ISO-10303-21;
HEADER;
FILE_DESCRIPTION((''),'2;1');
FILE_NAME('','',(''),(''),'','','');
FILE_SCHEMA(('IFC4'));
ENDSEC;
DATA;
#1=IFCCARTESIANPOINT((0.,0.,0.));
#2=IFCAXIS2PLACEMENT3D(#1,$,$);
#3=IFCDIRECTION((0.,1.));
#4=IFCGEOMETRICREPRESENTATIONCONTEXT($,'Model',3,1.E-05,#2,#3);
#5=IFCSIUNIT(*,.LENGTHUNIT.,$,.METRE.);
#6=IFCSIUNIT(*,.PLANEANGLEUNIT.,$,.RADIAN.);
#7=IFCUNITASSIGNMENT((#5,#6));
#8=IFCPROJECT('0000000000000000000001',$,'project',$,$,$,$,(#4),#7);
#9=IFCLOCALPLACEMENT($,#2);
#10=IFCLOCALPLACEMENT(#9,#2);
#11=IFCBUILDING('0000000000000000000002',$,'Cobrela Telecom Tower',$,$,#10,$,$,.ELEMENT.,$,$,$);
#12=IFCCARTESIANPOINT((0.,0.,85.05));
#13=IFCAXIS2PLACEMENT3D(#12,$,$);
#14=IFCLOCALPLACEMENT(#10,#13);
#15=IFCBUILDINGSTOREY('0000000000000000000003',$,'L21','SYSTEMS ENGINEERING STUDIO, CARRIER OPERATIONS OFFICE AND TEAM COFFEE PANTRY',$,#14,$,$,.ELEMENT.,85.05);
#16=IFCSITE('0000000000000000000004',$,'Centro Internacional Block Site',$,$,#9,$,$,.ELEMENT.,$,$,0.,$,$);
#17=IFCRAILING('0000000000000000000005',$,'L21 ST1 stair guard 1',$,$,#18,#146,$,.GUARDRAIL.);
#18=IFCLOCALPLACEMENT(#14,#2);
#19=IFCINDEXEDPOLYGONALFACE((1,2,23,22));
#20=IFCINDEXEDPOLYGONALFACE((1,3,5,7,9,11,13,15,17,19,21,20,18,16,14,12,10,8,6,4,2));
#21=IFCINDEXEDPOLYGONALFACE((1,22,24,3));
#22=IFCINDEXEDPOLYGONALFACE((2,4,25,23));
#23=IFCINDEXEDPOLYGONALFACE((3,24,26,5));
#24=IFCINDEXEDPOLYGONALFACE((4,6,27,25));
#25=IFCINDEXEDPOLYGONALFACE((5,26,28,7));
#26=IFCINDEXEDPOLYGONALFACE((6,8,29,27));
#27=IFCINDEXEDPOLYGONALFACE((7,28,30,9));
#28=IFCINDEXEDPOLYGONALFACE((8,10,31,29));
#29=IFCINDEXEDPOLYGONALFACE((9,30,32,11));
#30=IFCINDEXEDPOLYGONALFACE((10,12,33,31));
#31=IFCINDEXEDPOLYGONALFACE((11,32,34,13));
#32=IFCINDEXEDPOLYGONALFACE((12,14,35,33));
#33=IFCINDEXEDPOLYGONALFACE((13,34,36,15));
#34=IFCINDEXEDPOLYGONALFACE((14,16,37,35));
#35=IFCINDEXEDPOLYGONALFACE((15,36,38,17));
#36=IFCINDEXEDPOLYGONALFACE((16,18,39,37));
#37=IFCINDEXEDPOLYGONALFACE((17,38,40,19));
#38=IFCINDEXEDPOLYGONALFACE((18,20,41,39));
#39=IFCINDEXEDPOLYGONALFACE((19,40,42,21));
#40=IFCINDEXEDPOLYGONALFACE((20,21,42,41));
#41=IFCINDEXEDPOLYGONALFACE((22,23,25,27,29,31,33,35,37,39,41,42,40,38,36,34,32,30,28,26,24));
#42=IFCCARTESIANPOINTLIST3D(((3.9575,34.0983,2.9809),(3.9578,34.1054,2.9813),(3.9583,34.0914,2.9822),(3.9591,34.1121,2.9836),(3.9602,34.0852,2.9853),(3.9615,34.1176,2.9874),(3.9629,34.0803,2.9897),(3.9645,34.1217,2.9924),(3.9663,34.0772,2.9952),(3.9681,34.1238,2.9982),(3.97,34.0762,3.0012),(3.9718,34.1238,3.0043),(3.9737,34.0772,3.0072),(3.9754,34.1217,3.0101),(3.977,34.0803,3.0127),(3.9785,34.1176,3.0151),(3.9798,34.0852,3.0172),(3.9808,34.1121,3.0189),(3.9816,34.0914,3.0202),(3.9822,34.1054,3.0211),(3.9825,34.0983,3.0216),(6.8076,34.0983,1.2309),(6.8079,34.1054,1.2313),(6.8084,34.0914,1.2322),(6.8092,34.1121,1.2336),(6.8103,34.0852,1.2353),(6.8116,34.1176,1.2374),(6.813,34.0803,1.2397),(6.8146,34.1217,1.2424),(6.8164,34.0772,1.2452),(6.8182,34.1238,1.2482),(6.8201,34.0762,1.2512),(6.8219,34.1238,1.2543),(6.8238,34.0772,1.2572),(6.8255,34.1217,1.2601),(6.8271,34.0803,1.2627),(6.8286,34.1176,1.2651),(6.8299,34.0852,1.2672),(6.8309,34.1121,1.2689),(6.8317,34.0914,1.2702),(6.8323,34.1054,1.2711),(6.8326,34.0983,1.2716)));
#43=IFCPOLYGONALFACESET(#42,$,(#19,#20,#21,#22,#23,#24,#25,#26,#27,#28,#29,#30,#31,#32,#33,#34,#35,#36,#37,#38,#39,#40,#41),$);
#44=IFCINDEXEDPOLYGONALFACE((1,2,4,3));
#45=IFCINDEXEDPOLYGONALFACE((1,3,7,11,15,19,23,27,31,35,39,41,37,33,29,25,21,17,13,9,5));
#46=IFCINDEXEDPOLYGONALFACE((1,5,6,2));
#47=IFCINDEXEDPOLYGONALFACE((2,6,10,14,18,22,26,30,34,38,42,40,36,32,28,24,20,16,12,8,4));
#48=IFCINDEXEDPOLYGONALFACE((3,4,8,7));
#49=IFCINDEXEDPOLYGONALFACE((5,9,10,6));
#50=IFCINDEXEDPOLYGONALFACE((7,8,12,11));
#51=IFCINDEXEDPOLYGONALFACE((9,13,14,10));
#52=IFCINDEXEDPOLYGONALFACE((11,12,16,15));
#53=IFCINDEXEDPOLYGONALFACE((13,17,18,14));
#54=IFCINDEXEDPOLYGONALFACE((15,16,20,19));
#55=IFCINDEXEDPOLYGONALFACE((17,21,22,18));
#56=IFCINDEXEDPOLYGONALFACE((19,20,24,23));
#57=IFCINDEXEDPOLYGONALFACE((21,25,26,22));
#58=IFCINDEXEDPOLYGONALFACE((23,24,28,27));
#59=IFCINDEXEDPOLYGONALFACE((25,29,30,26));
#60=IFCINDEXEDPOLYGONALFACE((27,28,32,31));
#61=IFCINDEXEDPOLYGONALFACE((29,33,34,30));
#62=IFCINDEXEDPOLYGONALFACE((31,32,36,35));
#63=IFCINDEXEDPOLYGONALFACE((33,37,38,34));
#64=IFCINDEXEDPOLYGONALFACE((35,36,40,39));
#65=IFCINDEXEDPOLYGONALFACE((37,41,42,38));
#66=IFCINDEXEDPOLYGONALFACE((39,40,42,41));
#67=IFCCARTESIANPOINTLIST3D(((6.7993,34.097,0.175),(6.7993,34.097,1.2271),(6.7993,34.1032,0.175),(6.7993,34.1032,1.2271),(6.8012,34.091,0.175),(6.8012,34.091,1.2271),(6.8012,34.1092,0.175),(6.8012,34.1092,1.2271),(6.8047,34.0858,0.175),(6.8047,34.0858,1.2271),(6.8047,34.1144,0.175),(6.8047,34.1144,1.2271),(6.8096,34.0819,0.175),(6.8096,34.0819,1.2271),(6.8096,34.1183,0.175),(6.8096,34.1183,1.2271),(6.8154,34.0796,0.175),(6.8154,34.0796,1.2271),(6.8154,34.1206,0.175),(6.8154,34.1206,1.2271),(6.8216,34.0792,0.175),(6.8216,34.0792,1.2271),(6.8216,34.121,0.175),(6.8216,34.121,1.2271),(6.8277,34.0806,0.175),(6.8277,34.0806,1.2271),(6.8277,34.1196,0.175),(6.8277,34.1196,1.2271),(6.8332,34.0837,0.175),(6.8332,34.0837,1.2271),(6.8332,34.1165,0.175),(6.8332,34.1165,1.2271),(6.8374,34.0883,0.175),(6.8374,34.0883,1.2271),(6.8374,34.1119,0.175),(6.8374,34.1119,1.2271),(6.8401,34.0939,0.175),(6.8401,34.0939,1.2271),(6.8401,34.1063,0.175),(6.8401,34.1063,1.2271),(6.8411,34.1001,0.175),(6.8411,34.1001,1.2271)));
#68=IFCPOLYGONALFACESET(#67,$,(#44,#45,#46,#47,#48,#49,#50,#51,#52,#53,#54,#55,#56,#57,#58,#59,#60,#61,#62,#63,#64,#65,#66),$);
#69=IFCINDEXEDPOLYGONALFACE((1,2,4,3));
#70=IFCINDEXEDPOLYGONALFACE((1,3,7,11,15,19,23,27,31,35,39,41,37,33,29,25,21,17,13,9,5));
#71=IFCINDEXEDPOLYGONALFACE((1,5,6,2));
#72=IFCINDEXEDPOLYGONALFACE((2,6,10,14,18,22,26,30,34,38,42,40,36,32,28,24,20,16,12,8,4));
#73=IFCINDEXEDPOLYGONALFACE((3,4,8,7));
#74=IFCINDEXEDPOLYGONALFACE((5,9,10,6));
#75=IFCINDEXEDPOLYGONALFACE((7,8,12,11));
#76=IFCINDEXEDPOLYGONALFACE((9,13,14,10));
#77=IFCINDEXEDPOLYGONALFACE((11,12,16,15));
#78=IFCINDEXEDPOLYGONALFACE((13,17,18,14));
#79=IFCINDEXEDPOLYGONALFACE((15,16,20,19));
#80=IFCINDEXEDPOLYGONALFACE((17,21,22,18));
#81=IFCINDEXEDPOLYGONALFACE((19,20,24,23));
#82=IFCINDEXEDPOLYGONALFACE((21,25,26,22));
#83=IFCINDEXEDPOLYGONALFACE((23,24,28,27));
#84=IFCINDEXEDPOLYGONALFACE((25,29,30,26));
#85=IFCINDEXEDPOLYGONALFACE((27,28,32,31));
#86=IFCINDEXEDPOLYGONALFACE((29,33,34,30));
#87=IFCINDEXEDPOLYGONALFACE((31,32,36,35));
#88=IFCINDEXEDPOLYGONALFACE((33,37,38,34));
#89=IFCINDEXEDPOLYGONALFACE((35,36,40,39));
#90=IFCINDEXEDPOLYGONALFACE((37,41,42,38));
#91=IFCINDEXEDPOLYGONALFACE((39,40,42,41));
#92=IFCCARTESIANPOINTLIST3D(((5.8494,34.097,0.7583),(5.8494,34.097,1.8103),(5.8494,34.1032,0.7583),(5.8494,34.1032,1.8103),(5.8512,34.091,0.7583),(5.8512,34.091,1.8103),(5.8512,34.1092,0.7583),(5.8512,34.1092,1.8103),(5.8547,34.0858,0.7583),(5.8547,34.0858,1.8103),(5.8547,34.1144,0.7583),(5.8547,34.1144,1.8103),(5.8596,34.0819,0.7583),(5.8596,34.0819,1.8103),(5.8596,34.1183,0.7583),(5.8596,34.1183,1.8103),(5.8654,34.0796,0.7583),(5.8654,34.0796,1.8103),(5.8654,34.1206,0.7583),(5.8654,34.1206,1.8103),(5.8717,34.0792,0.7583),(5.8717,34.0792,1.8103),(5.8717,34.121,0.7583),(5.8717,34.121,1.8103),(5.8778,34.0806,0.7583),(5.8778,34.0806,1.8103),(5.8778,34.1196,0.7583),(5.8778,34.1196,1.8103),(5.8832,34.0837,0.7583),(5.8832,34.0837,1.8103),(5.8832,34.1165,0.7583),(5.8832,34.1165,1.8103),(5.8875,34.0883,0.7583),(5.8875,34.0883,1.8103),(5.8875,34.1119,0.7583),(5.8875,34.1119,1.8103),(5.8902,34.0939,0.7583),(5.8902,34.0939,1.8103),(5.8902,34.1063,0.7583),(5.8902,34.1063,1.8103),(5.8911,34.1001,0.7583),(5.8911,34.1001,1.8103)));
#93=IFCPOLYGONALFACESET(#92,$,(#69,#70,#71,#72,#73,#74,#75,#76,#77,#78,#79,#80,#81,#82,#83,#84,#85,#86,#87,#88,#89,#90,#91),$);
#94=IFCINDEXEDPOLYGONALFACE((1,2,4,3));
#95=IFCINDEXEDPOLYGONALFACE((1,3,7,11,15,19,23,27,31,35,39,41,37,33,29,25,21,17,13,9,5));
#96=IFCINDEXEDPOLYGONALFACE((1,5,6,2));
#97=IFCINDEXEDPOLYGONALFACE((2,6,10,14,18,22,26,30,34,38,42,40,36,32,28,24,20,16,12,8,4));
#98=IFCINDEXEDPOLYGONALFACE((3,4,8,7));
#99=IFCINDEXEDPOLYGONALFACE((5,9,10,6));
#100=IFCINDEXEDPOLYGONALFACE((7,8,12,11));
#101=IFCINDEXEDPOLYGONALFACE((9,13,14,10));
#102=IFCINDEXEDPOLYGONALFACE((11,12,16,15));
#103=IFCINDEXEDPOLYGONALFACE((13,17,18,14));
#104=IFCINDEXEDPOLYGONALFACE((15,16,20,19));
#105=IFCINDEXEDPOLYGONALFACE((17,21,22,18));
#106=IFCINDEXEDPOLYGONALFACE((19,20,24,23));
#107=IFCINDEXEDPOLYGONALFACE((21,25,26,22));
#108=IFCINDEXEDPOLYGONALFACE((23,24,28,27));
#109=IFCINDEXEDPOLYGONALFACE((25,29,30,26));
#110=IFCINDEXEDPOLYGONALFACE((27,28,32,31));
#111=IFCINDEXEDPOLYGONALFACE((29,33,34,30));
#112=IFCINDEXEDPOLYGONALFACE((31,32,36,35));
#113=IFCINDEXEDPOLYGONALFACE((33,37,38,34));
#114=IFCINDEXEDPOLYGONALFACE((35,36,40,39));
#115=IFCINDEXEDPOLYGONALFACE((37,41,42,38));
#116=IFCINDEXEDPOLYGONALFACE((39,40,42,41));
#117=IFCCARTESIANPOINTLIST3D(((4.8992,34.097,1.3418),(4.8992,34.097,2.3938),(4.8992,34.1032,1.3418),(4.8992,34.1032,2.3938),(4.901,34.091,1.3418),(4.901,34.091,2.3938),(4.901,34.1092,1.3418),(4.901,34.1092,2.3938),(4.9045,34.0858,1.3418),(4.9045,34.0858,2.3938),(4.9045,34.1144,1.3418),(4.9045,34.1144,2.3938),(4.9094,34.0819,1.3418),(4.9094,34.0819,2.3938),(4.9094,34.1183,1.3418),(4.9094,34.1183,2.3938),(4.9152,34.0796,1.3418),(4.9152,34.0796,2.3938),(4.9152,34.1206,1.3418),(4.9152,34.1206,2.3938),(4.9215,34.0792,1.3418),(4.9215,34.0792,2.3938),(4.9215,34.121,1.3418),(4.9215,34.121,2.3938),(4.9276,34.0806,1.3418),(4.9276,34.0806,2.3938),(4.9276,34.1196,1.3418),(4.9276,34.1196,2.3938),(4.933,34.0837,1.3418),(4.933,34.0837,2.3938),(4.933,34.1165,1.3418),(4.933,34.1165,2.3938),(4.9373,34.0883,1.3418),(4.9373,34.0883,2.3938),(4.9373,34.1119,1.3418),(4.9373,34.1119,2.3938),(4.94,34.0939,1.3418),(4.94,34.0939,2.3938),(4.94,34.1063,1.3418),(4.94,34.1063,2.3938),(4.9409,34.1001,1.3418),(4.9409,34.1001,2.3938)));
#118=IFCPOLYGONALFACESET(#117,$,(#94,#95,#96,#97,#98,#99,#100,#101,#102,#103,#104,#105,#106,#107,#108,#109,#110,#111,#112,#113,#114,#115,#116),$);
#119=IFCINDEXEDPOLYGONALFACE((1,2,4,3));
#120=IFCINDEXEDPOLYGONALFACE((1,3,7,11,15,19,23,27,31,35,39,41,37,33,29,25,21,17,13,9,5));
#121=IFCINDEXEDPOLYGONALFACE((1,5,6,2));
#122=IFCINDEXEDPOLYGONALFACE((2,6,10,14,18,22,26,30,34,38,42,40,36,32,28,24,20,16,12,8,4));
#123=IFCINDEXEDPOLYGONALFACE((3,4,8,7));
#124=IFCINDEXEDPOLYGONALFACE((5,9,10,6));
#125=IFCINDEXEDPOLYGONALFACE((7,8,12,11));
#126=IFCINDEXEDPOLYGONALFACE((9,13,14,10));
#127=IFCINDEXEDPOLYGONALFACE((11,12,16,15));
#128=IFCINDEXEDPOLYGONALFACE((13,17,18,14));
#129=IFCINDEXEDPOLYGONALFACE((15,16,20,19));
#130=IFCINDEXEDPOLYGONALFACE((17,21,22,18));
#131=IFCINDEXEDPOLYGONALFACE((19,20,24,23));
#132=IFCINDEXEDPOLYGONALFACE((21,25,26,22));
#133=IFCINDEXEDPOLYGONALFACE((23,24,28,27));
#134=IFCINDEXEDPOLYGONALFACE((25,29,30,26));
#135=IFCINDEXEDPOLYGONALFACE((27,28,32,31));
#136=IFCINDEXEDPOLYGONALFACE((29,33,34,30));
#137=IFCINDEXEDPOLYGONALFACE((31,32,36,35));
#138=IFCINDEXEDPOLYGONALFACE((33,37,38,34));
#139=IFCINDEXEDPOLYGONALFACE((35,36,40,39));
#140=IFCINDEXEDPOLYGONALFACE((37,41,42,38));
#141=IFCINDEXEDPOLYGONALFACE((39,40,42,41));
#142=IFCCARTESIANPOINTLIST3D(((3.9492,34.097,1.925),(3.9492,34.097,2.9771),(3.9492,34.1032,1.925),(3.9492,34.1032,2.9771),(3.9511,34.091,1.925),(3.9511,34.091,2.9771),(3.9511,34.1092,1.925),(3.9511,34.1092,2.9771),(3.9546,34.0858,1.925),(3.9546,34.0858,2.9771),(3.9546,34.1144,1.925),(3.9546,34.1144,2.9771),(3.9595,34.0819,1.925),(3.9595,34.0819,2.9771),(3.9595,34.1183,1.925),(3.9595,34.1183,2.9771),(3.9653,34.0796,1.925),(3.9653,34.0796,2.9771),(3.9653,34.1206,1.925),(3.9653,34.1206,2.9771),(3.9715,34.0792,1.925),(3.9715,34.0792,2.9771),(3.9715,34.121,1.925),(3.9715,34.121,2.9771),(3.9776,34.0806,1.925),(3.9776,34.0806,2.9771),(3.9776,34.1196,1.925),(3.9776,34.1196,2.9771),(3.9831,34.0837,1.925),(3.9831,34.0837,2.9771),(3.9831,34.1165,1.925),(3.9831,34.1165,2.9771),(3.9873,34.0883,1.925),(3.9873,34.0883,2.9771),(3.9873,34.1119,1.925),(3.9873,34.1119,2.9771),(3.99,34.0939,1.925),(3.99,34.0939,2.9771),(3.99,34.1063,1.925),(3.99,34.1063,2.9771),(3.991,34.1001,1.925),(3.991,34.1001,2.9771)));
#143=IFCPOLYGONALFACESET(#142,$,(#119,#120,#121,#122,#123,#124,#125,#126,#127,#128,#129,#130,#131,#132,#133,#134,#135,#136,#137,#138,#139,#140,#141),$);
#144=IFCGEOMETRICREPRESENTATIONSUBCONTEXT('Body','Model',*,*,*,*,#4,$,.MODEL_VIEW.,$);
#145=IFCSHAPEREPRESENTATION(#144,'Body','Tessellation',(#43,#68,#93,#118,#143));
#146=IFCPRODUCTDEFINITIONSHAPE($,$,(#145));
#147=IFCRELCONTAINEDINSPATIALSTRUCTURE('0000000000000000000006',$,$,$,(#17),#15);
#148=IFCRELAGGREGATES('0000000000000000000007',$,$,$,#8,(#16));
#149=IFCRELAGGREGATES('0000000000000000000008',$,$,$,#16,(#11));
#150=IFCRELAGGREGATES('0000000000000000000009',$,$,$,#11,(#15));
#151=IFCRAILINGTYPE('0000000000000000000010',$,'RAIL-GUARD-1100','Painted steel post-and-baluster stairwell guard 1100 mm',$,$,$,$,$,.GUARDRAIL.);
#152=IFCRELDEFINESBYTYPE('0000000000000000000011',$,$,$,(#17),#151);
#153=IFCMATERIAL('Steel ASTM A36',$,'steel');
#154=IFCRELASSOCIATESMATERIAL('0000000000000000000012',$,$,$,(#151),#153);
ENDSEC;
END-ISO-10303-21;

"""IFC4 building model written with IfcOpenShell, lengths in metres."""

from ifc_helpers import new_model, si_unit, direction, frame, origin, origin_2d, place, context, subcontext, project, spatial, circle, extrude, material, type_object, element, save


model = new_model("IFC4")

# Units and contexts
model_context = context("Model", 3, precision=1e-05, world=origin(), true_north=direction((0.0, 1.0)))
body_context = subcontext(model_context, "Body", "Model", "MODEL_VIEW")
ifc_project = project(units=[si_unit("LENGTHUNIT", "METRE"), si_unit("PLANEANGLEUNIT", "RADIAN")], contexts=[model_context])

# Site, building, storey
site_placement = place(None, origin())
site = spatial("IfcSite", under=ifc_project, at=site_placement, Name="Centro Internacional Block Site", CompositionType="ELEMENT", RefElevation=0.0)
building_placement = place(site_placement, origin())
building = spatial("IfcBuilding", under=site, at=building_placement, Name="Cobrela Telecom Tower", CompositionType="ELEMENT")
storey_placement = place(building_placement, frame((0.0, 0.0, 85.05)))
storey = spatial("IfcBuildingStorey", under=building, at=storey_placement, Name="L21", Description="SYSTEMS ENGINEERING STUDIO, CARRIER OPERATIONS OFFICE AND TEAM COFFEE PANTRY", CompositionType="ELEMENT", Elevation=85.05)

# Shared definitions
ifc_material_1 = material(Name="Steel ASTM A36", Category="steel")

# Railing
railing_type_1 = type_object("IfcRailingType", Name="RAIL-GUARD-1100", Description="Painted steel post-and-baluster stairwell guard 1100 mm", PredefinedType="GUARDRAIL", material=ifc_material_1)
railing_1_placement = place(storey_placement, frame((6.8201, 34.1001, 0.175)))
element("IfcRailing", 1, at=railing_1_placement, inside=storey, type_object=railing_type_1, Name="L21 ST1 stair guard 1", PredefinedType="GUARDRAIL", context=body_context, shape_type="SweptSolid", body=[
    extrude(circle(Radius=0.0239, at=origin_2d()), frame((0.0, 0.0, 1.0762), z_axis=(-0.852179, 0.0, 0.52325), x_axis=(0.0, -1.0, 0.0)), (0.0, 0.0, 1.0), 3.3445),
    extrude(circle(Radius=0.021, at=origin_2d()), origin(), (0.0, 0.0, 1.0), 1.052),
    extrude(circle(Radius=0.021, at=origin_2d()), frame((-0.95, 0.0, 0.5833)), (0.0, 0.0, 1.0), 1.052),
    extrude(circle(Radius=0.021, at=origin_2d()), frame((-1.9001, 0.0, 1.1667)), (0.0, 0.0, 1.0), 1.052),
    extrude(circle(Radius=0.021, at=origin_2d()), frame((-2.8501, 0.0, 1.75)), (0.0, 0.0, 1.0), 1.052),
])

save(model, "model.ifc")
